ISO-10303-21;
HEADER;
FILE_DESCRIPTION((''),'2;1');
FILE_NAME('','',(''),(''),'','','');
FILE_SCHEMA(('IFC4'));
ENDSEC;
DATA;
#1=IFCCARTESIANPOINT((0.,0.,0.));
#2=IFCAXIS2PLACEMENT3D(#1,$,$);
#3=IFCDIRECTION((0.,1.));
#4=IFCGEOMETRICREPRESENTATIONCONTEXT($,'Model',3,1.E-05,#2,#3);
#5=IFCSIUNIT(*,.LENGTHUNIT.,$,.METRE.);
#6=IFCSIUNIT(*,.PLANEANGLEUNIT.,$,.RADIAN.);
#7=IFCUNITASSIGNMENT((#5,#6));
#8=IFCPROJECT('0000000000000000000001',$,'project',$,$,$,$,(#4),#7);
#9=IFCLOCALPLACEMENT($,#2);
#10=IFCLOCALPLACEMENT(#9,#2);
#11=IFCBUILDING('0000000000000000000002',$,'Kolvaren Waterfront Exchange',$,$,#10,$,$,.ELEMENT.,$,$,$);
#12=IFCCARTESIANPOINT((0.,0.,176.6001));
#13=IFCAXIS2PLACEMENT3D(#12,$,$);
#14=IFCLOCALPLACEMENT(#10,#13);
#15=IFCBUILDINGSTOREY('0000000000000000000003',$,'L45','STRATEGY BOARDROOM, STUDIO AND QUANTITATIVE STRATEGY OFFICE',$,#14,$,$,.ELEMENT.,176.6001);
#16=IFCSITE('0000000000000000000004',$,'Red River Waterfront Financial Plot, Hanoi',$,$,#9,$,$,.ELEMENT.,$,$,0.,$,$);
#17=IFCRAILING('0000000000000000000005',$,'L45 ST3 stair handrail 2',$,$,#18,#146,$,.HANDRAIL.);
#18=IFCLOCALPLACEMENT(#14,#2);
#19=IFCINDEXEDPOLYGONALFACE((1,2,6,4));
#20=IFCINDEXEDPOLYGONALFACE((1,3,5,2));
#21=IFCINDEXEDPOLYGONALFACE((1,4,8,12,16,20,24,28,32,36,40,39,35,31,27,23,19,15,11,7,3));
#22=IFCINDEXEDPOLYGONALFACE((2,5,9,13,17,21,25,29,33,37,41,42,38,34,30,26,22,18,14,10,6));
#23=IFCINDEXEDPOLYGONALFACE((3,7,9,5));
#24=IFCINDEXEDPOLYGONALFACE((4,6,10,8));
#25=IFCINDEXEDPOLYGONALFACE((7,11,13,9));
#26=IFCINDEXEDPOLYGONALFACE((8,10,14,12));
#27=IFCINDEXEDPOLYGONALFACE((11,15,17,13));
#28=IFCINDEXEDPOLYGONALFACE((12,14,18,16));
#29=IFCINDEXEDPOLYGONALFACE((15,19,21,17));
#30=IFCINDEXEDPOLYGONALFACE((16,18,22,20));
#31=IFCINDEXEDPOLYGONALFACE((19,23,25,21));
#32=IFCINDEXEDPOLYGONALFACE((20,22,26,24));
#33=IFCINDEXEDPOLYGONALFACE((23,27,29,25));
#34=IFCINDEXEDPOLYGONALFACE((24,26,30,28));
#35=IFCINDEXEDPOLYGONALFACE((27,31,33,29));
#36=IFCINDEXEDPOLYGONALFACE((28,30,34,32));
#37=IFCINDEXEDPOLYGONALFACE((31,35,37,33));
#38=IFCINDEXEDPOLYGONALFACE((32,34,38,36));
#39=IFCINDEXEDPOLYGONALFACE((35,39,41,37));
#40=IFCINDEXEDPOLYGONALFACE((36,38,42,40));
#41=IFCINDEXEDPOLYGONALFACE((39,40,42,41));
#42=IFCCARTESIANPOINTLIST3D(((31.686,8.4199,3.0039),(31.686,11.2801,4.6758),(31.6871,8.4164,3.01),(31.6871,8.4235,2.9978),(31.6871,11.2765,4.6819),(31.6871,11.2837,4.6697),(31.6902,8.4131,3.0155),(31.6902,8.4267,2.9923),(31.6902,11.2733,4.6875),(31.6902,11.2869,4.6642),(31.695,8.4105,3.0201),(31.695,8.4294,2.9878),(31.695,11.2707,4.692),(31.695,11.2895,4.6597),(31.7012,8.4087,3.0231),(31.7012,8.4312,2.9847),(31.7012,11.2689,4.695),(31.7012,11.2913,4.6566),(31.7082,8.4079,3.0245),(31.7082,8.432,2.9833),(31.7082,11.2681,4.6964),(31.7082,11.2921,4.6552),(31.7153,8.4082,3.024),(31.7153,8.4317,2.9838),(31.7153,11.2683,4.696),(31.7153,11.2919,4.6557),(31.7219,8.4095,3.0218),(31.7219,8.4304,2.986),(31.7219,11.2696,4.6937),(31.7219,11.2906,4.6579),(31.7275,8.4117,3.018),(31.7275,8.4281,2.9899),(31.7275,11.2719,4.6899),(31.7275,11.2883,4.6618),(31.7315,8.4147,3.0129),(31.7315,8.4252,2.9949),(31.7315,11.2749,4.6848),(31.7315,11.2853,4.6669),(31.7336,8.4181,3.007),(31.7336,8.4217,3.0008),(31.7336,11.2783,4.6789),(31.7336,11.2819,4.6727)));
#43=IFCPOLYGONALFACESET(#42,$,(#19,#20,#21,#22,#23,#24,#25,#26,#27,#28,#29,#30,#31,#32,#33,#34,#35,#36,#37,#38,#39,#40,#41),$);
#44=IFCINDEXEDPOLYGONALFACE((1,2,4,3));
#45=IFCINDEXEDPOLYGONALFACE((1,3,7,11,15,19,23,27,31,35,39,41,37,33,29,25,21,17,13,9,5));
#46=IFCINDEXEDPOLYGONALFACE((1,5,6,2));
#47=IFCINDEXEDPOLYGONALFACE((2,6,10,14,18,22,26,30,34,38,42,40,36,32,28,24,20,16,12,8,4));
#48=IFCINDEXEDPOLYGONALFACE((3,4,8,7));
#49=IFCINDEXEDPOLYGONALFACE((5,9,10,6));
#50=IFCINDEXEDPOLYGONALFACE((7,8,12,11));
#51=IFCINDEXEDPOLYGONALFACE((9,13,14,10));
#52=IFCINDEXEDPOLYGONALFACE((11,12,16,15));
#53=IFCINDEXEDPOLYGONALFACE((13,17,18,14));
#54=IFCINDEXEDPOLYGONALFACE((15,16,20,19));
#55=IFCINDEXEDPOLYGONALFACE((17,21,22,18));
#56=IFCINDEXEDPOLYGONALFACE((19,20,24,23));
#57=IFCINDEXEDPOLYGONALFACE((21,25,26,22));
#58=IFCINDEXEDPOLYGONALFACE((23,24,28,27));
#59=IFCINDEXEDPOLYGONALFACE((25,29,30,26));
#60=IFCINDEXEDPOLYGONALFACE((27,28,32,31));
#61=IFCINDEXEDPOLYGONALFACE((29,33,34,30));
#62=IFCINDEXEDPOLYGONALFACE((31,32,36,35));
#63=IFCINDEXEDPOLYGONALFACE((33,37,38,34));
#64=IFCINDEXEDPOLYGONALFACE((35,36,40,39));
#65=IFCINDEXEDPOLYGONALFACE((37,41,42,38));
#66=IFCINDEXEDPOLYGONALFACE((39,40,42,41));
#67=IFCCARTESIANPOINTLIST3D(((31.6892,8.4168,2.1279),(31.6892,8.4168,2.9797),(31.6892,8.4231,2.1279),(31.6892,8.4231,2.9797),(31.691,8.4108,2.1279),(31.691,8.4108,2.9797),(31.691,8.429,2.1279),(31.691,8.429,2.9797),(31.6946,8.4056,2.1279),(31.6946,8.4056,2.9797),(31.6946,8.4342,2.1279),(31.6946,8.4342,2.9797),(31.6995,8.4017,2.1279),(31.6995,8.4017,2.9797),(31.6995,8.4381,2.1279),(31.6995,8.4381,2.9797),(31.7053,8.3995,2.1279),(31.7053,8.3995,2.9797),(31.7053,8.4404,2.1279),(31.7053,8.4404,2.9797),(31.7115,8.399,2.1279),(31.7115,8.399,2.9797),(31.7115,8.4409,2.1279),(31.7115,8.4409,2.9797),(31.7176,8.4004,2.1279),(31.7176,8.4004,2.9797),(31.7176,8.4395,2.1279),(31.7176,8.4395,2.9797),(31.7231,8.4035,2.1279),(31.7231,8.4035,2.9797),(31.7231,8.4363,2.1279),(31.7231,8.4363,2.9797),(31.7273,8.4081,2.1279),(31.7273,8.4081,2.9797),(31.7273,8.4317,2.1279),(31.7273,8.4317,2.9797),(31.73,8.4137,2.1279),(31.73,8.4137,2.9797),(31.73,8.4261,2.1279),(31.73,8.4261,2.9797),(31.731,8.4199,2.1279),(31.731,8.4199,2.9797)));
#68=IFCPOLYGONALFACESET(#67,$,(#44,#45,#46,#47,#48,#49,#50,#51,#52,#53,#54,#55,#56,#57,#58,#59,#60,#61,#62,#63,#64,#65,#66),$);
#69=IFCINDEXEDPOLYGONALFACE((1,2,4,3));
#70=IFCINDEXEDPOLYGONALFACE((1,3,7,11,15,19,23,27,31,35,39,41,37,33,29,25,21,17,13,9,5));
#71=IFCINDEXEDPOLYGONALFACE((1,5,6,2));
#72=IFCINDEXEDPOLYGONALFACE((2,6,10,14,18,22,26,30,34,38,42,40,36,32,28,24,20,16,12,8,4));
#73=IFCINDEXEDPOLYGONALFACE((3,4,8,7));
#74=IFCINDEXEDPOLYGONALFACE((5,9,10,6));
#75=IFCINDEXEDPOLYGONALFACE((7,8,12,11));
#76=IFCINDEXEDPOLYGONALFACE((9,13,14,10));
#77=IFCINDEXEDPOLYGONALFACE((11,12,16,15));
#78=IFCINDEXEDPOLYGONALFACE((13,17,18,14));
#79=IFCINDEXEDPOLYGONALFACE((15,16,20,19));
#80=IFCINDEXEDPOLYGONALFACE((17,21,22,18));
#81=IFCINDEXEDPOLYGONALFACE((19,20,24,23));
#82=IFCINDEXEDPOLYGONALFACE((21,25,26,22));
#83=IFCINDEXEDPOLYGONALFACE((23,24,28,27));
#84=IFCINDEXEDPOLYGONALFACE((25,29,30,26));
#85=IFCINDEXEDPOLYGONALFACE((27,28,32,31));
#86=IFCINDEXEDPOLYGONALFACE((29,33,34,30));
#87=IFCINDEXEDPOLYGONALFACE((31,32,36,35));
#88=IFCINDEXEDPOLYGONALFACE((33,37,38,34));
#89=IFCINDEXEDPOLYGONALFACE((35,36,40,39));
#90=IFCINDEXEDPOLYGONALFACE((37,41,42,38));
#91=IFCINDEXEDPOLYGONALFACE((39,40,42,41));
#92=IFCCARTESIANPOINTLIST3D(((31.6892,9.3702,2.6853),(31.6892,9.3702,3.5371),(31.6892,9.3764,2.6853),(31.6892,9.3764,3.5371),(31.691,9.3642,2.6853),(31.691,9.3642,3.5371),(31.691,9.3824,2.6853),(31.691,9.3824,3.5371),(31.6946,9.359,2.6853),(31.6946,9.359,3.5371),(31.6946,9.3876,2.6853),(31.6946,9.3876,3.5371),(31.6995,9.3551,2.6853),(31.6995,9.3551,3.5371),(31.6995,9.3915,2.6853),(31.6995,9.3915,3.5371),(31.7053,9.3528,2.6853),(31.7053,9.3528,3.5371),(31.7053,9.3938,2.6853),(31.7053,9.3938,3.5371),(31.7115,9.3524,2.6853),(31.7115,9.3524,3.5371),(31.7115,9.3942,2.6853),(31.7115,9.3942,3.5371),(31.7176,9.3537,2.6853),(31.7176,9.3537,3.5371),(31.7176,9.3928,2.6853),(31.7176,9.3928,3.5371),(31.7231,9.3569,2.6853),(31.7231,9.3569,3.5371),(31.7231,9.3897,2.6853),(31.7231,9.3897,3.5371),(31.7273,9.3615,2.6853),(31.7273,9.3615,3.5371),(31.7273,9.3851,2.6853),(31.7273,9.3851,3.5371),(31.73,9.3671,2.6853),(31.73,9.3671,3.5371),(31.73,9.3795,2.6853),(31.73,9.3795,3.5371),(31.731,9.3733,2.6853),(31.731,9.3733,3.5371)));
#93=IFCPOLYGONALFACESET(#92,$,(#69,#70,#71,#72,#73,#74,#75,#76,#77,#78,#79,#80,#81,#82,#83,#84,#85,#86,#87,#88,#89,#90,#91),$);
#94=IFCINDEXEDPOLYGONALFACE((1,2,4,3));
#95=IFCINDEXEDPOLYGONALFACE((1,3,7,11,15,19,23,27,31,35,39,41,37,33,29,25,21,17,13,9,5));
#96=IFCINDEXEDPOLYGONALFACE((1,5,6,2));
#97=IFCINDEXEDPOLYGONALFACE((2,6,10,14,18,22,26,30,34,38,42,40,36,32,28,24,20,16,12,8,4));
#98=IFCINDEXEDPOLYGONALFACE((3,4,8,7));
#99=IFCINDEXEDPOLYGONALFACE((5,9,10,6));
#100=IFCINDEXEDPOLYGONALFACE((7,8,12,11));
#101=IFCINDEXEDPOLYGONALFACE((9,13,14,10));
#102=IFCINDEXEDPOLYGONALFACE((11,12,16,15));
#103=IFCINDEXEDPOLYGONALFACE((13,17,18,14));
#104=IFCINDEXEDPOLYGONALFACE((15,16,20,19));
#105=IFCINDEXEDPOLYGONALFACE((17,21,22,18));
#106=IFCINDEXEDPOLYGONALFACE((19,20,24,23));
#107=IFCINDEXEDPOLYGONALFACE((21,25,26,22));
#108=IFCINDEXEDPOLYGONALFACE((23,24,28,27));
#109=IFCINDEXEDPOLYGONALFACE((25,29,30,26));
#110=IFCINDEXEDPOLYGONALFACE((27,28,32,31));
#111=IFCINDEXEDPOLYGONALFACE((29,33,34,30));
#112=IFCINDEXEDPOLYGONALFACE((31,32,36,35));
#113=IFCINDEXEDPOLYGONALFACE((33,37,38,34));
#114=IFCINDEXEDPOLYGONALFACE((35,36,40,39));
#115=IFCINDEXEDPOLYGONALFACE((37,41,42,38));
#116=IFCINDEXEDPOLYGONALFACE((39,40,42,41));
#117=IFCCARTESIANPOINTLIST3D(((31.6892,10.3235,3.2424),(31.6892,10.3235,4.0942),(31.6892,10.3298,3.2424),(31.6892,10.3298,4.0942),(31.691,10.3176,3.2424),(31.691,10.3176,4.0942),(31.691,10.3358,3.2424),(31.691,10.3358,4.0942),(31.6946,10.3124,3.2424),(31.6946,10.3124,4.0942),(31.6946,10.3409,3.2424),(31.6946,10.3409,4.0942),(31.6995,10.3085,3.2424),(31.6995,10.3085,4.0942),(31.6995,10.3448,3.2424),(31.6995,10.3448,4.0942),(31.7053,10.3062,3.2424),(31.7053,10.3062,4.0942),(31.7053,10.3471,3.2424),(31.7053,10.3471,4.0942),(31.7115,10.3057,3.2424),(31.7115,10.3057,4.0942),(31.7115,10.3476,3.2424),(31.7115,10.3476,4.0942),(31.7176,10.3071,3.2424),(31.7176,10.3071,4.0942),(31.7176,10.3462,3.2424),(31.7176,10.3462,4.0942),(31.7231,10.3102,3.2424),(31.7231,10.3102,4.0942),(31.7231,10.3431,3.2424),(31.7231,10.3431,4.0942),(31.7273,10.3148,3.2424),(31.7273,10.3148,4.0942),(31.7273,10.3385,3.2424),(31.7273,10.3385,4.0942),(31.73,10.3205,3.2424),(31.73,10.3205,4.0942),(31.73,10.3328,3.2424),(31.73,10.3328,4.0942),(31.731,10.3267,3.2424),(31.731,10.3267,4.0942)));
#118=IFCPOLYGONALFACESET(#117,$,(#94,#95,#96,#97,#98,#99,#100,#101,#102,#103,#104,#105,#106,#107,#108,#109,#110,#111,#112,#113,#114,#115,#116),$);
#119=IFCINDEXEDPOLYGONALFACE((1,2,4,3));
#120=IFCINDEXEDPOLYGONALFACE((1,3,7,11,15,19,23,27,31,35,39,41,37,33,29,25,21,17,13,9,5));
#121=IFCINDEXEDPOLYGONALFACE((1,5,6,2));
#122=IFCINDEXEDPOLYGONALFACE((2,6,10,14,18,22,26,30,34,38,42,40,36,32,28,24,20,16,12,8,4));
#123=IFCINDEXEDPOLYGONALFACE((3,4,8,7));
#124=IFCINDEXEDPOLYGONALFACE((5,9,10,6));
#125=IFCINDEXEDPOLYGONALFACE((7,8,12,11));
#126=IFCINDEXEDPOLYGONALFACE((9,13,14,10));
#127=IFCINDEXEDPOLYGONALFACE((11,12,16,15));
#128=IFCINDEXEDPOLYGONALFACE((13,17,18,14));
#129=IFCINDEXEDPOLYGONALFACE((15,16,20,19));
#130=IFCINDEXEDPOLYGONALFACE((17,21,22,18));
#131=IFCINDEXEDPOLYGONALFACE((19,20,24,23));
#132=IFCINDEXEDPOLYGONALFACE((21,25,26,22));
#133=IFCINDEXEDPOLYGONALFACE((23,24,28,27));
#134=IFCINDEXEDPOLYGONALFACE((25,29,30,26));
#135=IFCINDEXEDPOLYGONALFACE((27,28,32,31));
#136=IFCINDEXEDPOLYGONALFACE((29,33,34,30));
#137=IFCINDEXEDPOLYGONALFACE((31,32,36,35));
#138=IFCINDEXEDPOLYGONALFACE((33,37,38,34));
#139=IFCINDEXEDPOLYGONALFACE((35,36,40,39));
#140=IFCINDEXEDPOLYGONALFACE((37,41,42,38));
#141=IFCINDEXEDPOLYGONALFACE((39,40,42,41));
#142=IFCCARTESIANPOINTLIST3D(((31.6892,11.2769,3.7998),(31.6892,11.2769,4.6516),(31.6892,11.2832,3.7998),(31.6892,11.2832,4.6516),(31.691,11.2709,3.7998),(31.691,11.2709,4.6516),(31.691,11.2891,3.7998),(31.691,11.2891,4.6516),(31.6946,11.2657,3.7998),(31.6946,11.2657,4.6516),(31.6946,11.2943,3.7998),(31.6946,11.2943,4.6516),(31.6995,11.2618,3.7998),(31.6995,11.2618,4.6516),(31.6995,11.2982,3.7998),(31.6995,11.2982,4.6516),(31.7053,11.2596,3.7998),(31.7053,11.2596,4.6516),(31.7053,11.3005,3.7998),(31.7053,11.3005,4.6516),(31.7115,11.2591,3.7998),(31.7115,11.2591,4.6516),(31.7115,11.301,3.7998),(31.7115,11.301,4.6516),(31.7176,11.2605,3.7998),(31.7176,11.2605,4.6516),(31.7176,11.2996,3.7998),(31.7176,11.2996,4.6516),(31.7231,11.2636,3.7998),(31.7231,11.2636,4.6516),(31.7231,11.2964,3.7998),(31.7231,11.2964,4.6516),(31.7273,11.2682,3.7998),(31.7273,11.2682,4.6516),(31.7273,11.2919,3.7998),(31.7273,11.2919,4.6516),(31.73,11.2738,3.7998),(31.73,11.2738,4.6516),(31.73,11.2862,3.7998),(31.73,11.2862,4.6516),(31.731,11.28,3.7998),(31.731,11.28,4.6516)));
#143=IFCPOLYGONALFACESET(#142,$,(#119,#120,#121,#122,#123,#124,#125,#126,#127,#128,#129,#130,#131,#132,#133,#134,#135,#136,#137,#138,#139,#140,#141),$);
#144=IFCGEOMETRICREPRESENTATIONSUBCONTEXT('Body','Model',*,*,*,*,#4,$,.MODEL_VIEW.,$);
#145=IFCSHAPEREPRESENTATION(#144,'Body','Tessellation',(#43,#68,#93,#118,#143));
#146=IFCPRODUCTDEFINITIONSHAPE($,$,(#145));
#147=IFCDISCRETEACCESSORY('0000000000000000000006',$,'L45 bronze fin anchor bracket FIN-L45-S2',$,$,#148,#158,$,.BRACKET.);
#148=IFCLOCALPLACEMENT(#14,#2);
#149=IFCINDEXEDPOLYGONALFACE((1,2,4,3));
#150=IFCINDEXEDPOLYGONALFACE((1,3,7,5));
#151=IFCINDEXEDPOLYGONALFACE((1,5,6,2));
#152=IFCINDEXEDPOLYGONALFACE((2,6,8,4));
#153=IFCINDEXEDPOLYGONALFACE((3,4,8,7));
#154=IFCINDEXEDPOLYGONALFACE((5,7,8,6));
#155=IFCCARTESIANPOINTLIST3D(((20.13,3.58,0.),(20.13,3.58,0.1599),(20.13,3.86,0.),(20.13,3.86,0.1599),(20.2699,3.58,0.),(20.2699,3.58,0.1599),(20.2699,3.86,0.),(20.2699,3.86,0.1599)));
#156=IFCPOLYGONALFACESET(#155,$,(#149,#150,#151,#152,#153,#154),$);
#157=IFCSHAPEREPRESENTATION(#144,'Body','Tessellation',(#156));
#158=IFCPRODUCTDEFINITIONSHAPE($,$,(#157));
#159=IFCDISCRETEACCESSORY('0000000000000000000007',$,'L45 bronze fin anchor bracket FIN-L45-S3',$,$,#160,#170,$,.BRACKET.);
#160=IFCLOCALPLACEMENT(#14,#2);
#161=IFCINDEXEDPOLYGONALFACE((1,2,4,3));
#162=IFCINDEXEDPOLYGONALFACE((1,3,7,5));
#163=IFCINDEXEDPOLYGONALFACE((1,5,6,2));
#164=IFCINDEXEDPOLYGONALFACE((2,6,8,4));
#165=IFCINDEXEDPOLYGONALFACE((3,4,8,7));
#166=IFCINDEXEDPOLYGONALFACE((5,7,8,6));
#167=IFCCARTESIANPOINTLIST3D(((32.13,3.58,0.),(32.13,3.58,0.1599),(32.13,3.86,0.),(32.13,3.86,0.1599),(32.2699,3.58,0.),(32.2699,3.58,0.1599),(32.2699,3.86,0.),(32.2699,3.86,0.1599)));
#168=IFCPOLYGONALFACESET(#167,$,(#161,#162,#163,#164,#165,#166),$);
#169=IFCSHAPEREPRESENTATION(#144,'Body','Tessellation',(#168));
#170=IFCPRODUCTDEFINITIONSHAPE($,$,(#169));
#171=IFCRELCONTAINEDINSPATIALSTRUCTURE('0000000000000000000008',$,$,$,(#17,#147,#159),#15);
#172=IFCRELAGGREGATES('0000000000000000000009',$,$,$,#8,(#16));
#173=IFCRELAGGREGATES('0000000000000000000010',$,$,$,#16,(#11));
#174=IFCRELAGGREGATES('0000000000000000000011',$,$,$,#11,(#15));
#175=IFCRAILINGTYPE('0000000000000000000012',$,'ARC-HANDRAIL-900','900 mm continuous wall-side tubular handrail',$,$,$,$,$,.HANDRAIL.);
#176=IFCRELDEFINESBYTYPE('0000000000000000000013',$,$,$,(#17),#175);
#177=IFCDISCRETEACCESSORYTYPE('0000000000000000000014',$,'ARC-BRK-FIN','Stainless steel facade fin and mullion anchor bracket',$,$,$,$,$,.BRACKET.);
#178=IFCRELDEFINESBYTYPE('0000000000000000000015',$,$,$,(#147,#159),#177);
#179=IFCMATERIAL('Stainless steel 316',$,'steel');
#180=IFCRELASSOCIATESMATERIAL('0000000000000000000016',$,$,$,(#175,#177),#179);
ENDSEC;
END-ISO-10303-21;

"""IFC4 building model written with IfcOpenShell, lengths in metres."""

from ifc_helpers import new_model, si_unit, direction, frame, origin, origin_with_axes, origin_2d, place, context, subcontext, project, spatial, rectangle, circle, extrude, source, transform, mapped, material, type_object, element, save


model = new_model("IFC4")

# Units and contexts
model_context = context("Model", 3, precision=1e-05, world=origin(), true_north=direction((0.0, 1.0)))
body_context = subcontext(model_context, "Body", "Model", "MODEL_VIEW")
ifc_project = project(units=[si_unit("LENGTHUNIT", "METRE"), si_unit("PLANEANGLEUNIT", "RADIAN")], contexts=[model_context])

# Site, building, storey
site_placement = place(None, origin())
site = spatial("IfcSite", under=ifc_project, at=site_placement, Name="Red River Waterfront Financial Plot, Hanoi", CompositionType="ELEMENT", RefElevation=0.0)
building_placement = place(site_placement, origin())
building = spatial("IfcBuilding", under=site, at=building_placement, Name="Kolvaren Waterfront Exchange", CompositionType="ELEMENT")
storey_placement = place(building_placement, frame((0.0, 0.0, 176.6001)))
storey = spatial("IfcBuildingStorey", under=building, at=storey_placement, Name="L45", Description="STRATEGY BOARDROOM, STUDIO AND QUANTITATIVE STRATEGY OFFICE", CompositionType="ELEMENT", Elevation=176.6001)

# Railing
ifc_material_1 = material(Name="Stainless steel 316", Category="steel")
railing_type_1 = type_object("IfcRailingType", Name="ARC-HANDRAIL-900", Description="900 mm continuous wall-side tubular handrail", PredefinedType="HANDRAIL", material=ifc_material_1)
railing_1_placement = place(storey_placement, frame((31.71, 8.4199, 2.1279)))
element("IfcRailing", 1, at=railing_1_placement, inside=storey, type_object=railing_type_1, Name="L45 ST3 stair handrail 2", PredefinedType="HANDRAIL", context=body_context, shape_type="SweptSolid", body=[
    extrude(circle(Radius=0.0239, at=origin_2d()), frame((0.0, 0.0, 0.876), z_axis=(0.0, 0.863321, 0.504654), x_axis=(-1.0, 0.0, 0.0)), (0.0, 0.0, 1.0), 3.313),
    extrude(circle(Radius=0.021, at=origin_2d()), origin(), (0.0, 0.0, 1.0), 0.8518),
    extrude(circle(Radius=0.021, at=origin_2d()), frame((0.0, 0.9534, 0.5574)), (0.0, 0.0, 1.0), 0.8518),
    extrude(circle(Radius=0.021, at=origin_2d()), frame((0.0, 1.9067, 1.1145)), (0.0, 0.0, 1.0), 0.8518),
    extrude(circle(Radius=0.021, at=origin_2d()), frame((0.0, 2.8601, 1.6719)), (0.0, 0.0, 1.0), 0.8518),
])

# Discrete accessories
discrete_accessory_type = type_object("IfcDiscreteAccessoryType", Name="ARC-BRK-FIN", Description="Stainless steel facade fin and mullion anchor bracket", PredefinedType="BRACKET", material=ifc_material_1)
shared_shape_1 = source(origin_with_axes(), body_context, "Body", "SweptSolid", [
    extrude(rectangle(XDim=0.28, YDim=0.1399, at=origin_2d()), origin(), (0.0, 0.0, 1.0), 0.1599),
])
for number, where, z_axis, x_axis, name in (
    (2, (20.2, 3.72, 0.0), (0.0, 0.0, 1.0), (0.0, -1.0, 0.0), "L45 bronze fin anchor bracket FIN-L45-S2"),
    (3, (32.2, 3.72, 0.0), (0.0, 0.0, 1.0), (0.0, -1.0, 0.0), "L45 bronze fin anchor bracket FIN-L45-S3"),
):
    element("IfcDiscreteAccessory", number, at=place(storey_placement, frame(where, z_axis=z_axis, x_axis=x_axis)), inside=storey, type_object=discrete_accessory_type, Name=name, PredefinedType="BRACKET", context=body_context, shape_type="MappedRepresentation", body=[
        mapped(shared_shape_1, transform((0.0, 0.0, 0.0), x_axis=(1.0, 0.0, 0.0), y_axis=(0.0, 1.0, 0.0), z_axis=(0.0, 0.0, 1.0), scale=1.0)),
    ])

save(model, "model.ifc")
